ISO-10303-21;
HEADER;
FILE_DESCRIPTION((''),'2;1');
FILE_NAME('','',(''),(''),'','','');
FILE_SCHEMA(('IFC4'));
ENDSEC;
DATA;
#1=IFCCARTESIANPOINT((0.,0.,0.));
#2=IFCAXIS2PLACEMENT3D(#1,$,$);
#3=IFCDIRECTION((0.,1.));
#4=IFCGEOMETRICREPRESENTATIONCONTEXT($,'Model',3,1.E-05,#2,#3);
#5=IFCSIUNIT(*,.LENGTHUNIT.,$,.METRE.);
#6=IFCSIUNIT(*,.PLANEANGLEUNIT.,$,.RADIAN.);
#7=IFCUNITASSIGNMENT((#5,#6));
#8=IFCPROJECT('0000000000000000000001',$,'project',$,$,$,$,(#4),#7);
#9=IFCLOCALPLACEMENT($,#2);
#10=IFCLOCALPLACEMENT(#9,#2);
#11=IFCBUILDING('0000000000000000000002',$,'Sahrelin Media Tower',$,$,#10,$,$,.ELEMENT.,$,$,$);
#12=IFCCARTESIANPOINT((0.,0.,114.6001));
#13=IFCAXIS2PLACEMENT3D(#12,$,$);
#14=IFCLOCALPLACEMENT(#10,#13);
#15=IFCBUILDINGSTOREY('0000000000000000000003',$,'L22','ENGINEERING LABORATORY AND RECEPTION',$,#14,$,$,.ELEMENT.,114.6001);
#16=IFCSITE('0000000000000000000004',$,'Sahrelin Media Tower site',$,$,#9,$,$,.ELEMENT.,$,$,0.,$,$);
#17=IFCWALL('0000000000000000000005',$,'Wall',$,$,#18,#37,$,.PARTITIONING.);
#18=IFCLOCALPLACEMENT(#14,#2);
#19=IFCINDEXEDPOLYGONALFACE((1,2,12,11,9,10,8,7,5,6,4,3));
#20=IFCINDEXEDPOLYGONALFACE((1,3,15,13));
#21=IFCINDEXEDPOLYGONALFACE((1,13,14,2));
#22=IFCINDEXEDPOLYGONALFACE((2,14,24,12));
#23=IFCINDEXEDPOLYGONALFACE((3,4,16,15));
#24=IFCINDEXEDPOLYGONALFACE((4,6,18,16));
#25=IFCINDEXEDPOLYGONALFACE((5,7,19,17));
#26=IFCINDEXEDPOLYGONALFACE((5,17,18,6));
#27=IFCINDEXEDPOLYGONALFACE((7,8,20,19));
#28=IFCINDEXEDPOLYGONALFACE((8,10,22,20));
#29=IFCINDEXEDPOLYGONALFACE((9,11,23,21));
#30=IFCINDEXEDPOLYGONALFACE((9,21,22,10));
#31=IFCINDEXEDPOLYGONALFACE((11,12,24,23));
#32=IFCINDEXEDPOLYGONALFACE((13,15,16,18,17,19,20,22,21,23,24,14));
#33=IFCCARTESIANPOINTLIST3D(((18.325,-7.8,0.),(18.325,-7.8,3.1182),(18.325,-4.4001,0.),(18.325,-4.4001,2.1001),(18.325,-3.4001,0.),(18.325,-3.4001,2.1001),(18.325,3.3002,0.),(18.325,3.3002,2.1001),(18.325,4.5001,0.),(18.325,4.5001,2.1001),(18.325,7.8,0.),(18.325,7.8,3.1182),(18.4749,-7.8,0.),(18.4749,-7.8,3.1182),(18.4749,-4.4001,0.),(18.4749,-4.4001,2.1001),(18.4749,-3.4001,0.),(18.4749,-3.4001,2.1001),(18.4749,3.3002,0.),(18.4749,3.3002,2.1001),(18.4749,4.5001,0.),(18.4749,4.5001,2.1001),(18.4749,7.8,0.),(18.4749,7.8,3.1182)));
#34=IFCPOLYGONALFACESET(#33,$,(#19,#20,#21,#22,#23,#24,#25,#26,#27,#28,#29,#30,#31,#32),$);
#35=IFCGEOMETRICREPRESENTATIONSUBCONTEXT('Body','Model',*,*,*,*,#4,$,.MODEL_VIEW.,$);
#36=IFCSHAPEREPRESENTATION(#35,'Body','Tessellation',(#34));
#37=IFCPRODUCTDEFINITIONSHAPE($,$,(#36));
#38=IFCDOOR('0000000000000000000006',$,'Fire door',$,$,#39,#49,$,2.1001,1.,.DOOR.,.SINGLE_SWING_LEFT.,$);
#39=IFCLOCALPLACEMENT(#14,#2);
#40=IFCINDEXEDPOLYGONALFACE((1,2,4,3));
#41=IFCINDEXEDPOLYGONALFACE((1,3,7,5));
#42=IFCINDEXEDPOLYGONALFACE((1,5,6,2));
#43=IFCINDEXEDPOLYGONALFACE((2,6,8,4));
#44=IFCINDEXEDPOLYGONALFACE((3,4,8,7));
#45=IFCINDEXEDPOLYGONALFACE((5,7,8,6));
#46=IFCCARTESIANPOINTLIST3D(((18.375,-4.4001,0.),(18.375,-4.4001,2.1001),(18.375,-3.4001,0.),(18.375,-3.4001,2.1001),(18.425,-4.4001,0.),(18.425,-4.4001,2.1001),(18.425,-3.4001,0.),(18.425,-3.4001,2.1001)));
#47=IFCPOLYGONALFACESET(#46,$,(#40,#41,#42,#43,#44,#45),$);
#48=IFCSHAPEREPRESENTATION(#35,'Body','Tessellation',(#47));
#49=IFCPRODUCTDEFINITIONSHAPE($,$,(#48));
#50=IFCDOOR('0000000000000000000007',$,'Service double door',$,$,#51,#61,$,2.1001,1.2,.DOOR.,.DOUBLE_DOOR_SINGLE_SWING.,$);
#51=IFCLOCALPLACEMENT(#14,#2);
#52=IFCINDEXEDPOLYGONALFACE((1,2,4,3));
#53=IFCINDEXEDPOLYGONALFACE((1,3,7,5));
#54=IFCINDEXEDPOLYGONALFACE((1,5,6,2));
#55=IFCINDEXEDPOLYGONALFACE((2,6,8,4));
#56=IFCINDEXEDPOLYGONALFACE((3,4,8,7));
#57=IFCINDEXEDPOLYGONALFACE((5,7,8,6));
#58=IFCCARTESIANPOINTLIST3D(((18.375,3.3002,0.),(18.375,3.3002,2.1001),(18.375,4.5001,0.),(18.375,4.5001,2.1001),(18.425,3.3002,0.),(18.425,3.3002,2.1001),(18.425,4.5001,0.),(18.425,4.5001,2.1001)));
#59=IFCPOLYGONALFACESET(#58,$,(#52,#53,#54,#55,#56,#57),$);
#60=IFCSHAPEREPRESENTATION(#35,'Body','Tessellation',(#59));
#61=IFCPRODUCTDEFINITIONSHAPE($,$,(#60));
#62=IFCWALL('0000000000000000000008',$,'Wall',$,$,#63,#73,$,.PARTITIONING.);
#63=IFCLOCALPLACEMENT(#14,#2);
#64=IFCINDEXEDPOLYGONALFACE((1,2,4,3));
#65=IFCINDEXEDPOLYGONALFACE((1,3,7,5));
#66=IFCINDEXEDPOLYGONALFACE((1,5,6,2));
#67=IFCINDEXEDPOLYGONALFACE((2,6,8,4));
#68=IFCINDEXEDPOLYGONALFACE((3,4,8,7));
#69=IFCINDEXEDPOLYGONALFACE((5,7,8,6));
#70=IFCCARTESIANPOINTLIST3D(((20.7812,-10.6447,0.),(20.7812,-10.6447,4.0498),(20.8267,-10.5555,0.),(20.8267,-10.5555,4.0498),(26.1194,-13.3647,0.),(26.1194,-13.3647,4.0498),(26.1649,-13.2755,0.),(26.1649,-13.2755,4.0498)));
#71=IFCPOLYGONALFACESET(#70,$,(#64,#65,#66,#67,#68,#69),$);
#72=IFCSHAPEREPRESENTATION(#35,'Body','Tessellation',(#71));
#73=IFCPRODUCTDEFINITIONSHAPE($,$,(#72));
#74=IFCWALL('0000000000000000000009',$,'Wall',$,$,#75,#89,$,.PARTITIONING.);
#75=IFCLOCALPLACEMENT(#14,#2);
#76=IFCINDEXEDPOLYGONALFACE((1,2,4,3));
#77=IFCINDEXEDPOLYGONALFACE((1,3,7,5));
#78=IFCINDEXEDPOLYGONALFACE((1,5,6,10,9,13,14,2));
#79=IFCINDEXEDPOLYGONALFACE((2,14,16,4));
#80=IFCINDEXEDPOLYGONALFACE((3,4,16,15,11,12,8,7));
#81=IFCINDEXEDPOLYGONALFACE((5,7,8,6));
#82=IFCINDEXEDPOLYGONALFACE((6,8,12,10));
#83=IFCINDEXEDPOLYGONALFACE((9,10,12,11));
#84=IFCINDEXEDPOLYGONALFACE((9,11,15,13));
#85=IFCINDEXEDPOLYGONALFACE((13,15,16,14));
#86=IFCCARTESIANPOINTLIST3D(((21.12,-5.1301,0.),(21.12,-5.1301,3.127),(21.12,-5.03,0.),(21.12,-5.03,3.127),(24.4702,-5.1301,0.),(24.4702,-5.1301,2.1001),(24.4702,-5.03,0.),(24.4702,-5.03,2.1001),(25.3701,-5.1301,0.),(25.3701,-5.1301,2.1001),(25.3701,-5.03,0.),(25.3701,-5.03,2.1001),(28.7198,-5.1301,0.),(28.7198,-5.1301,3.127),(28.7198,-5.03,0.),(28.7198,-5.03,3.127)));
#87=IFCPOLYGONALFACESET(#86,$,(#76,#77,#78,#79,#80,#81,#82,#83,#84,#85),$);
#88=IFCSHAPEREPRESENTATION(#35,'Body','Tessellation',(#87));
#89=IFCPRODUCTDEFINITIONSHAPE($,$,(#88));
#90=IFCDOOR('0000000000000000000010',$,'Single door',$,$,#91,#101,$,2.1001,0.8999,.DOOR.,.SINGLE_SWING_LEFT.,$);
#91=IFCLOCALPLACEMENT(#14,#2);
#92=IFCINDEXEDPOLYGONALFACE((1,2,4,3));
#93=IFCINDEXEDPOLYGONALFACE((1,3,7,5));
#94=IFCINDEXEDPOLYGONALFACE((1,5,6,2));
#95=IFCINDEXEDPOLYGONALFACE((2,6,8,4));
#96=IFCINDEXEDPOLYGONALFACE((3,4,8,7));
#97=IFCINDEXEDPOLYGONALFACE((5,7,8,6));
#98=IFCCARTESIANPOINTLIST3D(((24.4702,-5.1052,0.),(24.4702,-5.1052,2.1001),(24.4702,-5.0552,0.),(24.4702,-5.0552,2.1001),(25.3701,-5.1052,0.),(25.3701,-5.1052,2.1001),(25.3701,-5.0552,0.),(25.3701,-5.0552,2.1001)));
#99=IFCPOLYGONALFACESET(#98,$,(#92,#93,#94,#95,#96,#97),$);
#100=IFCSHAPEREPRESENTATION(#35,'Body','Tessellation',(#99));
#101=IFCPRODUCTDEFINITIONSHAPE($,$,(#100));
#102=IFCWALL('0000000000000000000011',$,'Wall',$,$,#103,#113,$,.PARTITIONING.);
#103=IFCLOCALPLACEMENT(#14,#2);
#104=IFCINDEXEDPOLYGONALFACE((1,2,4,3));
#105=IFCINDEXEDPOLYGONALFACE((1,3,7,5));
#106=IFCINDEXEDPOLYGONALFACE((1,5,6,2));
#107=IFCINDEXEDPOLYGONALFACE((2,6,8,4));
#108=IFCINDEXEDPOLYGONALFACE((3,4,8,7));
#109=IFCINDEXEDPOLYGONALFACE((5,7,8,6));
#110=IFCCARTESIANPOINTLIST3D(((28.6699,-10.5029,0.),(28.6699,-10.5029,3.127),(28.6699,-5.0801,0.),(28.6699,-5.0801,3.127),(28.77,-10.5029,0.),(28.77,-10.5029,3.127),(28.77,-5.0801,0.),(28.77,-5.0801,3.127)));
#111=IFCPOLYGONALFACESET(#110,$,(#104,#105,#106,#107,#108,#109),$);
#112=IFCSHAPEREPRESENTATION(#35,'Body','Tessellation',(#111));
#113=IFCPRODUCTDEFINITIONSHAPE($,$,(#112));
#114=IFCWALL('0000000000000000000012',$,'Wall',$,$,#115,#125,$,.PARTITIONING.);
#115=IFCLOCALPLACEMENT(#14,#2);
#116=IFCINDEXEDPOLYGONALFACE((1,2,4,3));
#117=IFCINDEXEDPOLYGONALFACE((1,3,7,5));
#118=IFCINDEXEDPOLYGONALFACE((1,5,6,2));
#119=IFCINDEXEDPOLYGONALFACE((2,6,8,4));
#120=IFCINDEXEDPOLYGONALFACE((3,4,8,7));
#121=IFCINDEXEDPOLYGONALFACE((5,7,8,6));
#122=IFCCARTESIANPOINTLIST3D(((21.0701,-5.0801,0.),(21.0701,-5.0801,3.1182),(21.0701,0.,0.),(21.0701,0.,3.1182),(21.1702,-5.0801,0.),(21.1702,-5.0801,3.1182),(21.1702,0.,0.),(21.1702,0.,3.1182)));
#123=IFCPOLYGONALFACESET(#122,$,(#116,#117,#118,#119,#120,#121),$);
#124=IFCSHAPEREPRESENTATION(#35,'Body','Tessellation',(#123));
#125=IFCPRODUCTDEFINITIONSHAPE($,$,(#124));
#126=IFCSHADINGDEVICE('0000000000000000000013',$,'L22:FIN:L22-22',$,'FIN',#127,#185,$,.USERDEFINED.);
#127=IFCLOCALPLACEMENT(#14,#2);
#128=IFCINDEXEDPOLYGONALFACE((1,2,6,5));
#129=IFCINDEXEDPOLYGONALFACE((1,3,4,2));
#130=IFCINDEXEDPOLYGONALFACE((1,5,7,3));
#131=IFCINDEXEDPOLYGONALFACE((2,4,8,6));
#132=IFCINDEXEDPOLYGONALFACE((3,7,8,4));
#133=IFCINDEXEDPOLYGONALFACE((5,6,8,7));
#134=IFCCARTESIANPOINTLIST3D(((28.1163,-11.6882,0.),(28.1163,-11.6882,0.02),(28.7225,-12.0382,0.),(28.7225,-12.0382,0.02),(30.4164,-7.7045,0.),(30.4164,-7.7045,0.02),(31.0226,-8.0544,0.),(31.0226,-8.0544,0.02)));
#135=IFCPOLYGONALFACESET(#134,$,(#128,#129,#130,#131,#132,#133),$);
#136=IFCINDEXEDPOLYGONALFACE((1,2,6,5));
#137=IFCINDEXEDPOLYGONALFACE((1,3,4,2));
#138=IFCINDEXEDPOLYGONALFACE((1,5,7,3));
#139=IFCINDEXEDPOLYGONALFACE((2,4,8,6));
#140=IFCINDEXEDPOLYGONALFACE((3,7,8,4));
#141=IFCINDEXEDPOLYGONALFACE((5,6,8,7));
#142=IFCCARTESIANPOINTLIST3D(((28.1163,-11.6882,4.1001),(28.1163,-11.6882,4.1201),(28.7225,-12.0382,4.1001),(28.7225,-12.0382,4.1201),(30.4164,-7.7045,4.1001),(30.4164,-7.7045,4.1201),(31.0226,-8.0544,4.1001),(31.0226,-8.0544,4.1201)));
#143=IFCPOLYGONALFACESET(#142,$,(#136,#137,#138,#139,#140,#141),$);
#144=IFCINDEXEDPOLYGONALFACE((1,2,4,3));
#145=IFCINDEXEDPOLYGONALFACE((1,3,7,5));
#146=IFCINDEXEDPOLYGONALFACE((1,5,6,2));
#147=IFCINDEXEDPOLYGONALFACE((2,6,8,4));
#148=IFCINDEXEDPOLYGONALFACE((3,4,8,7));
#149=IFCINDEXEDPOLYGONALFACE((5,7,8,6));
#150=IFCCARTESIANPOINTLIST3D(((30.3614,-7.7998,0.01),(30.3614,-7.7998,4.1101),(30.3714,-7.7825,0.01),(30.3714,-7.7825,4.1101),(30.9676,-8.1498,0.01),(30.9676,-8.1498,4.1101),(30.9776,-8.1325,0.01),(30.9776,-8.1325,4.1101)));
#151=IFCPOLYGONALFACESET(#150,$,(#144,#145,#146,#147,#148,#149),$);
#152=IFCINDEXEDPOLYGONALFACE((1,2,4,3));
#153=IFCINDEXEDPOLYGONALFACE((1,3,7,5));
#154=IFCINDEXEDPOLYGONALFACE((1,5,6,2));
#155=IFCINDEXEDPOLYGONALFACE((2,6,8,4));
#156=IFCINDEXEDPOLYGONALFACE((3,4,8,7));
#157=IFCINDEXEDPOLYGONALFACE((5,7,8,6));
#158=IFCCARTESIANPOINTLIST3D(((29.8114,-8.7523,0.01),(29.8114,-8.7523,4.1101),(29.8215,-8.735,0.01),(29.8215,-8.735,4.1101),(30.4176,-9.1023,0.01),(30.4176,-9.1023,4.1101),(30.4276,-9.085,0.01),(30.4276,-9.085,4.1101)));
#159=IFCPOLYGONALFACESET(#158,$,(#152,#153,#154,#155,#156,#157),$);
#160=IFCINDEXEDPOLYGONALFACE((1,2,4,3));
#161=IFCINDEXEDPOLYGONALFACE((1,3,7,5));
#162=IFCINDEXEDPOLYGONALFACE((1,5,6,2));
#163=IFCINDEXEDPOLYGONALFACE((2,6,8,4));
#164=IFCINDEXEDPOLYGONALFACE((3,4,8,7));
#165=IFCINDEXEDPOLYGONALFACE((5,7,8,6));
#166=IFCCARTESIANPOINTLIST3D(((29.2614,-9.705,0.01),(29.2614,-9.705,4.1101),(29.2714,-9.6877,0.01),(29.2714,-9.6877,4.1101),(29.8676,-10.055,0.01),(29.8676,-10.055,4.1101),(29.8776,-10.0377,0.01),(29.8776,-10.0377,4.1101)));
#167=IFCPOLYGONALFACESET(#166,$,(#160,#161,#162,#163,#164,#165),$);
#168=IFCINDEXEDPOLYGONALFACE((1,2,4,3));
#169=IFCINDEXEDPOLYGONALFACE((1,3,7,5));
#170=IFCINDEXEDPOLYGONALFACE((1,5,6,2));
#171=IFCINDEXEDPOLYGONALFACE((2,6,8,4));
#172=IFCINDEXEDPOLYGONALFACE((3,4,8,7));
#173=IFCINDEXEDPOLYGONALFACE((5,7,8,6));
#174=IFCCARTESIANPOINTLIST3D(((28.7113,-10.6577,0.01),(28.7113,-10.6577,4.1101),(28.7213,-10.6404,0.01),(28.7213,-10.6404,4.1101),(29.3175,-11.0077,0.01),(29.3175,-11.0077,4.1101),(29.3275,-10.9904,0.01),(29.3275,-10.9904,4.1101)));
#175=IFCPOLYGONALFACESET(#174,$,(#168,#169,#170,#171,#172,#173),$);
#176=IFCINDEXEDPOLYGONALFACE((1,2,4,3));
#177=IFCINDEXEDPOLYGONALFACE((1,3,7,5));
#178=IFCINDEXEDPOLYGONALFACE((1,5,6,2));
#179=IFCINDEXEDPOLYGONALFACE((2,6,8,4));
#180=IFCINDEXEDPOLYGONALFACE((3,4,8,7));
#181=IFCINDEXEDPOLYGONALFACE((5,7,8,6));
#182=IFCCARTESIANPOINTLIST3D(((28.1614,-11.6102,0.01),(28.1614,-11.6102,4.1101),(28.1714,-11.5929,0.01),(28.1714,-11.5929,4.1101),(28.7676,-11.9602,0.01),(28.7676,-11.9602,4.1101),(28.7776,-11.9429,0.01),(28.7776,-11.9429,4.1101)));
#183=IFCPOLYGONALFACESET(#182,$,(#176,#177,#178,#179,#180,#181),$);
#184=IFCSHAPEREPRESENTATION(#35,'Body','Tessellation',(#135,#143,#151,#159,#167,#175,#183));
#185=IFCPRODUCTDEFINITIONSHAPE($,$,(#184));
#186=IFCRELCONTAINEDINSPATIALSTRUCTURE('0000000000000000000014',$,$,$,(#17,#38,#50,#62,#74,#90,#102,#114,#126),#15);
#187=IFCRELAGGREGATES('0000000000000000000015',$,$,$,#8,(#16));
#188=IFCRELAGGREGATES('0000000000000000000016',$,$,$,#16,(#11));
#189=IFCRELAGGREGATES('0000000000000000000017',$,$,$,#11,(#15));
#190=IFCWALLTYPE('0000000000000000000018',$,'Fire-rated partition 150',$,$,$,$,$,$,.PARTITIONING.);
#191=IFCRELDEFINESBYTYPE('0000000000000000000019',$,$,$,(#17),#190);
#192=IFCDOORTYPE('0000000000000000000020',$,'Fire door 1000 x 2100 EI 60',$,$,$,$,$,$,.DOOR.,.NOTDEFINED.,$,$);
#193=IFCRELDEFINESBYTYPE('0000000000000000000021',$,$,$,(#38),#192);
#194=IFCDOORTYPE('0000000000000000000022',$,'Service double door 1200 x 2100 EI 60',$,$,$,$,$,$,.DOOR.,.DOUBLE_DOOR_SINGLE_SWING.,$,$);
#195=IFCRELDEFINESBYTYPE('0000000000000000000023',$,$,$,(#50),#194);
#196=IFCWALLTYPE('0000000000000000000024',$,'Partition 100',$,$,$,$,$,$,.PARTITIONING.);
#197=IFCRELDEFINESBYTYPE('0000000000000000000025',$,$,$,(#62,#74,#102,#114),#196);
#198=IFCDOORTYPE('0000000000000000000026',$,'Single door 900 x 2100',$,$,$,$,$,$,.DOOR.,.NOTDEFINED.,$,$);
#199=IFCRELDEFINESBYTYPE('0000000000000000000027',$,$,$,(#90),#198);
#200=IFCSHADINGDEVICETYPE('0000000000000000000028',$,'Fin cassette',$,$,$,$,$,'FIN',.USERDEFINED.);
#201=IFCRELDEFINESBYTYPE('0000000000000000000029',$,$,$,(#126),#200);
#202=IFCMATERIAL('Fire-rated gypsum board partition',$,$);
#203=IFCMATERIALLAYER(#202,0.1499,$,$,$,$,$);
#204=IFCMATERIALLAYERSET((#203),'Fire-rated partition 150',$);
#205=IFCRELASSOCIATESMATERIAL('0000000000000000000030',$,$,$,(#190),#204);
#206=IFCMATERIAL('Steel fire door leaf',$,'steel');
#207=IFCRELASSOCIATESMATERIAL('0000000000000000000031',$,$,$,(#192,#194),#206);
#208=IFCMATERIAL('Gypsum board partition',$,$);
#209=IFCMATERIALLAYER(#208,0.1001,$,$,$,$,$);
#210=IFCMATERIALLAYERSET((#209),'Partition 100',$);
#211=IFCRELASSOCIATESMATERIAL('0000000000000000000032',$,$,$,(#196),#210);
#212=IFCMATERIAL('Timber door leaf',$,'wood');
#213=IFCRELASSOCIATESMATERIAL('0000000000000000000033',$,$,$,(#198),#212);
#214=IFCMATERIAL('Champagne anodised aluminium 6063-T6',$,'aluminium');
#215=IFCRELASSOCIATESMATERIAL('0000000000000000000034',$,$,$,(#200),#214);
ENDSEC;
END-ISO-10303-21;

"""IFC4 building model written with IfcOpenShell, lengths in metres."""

from ifc_helpers import new_model, si_unit, direction, frame, frame_2d, origin, origin_2d, place, context, subcontext, project, spatial, rectangle, extrude, material, layer, layer_set, type_object, element, fill, save


model = new_model("IFC4")

# Units and contexts
model_context = context("Model", 3, precision=1e-05, world=origin(), true_north=direction((0.0, 1.0)))
body_context = subcontext(model_context, "Body", "Model", "MODEL_VIEW")
ifc_project = project(units=[si_unit("LENGTHUNIT", "METRE"), si_unit("PLANEANGLEUNIT", "RADIAN")], contexts=[model_context])

# Site, building, storey
site_placement = place(None, origin())
site = spatial("IfcSite", under=ifc_project, at=site_placement, Name="Sahrelin Media Tower site", CompositionType="ELEMENT", RefElevation=0.0)
building_placement = place(site_placement, origin())
building = spatial("IfcBuilding", under=site, at=building_placement, Name="Sahrelin Media Tower", CompositionType="ELEMENT")
storey_placement = place(building_placement, frame((0.0, 0.0, 114.6001)))
storey = spatial("IfcBuildingStorey", under=building, at=storey_placement, Name="L22", Description="ENGINEERING LABORATORY AND RECEPTION", CompositionType="ELEMENT", Elevation=114.6001)

# Shared definitions
ifc_material_1 = material(Name="Champagne anodised aluminium 6063-T6", Category="aluminium")

# Shared definitions
ifc_material_2 = material(Name="Fire-rated gypsum board partition")
ifc_layer_1 = layer(ifc_material_2, 0.1499)
ifc_layer_set_1 = layer_set([ifc_layer_1], Name="Fire-rated partition 150")
wall_type_1 = type_object("IfcWallType", Name="Fire-rated partition 150", PredefinedType="PARTITIONING", material=ifc_layer_set_1)

# Wall, openings, doors
wall_1_placement = place(storey_placement, frame((18.3999, -7.8, 0.0), z_axis=(0.0, 0.0, 1.0), x_axis=(0.0, 1.0, 0.0)))
wall_1 = element("IfcWall", 1, at=wall_1_placement, inside=storey, type_object=wall_type_1, Name="Wall", PredefinedType="PARTITIONING", context=body_context, shape_type="SweptSolid", body=[
    extrude(rectangle(XDim=15.6001, YDim=0.1499, at=frame_2d((7.8, 0.0))), origin(), (0.0, 0.0, 1.0), 3.1182),
])
opening_1_placement = place(wall_1_placement, frame((3.3999, 0.0, 0.0)))
opening_1 = element("IfcOpeningElement", 2, at=opening_1_placement, cuts=wall_1, PredefinedType="OPENING", context=body_context, shape_type="SweptSolid", body=[
    extrude(rectangle(XDim=1.0, YDim=2.1001, at=frame_2d((0.5, 1.05))), frame((0.0, 0.075, 0.0), z_axis=(0.0, -1.0, 0.0), x_axis=(1.0, 0.0, 0.0)), (0.0, 0.0, 1.0), 0.1499),
])
opening_2_placement = place(wall_1_placement, frame((11.1001, 0.0, 0.0)))
opening_2 = element("IfcOpeningElement", 3, at=opening_2_placement, cuts=wall_1, PredefinedType="OPENING", context=body_context, shape_type="SweptSolid", body=[
    extrude(rectangle(XDim=1.2, YDim=2.1001, at=frame_2d((0.6001, 1.05))), frame((0.0, 0.075, 0.0), z_axis=(0.0, -1.0, 0.0), x_axis=(1.0, 0.0, 0.0)), (0.0, 0.0, 1.0), 0.1499),
])
ifc_material_3 = material(Name="Steel fire door leaf", Category="steel")
door_type_1 = type_object("IfcDoorType", Name="Fire door 1000 x 2100 EI 60", OperationType="NOTDEFINED", PredefinedType="DOOR", material=ifc_material_3)
door_1_placement = place(opening_1_placement, origin())
door_1 = element("IfcDoor", 4, at=door_1_placement, inside=storey, type_object=door_type_1, Name="Fire door", OperationType="SINGLE_SWING_LEFT", OverallHeight=2.1001, OverallWidth=1.0, PredefinedType="DOOR", context=body_context, shape_type="SweptSolid", body=[
    extrude(rectangle(XDim=1.0, YDim=2.1001, at=frame_2d((0.5, 1.05))), frame((0.0, 0.0249, 0.0), z_axis=(0.0, -1.0, 0.0), x_axis=(1.0, 0.0, 0.0)), (0.0, 0.0, 1.0), 0.05),
])
fill(opening_1, door_1)
door_type_2 = type_object("IfcDoorType", Name="Service double door 1200 x 2100 EI 60", OperationType="DOUBLE_DOOR_SINGLE_SWING", PredefinedType="DOOR", material=ifc_material_3)
door_2_placement = place(opening_2_placement, origin())
door_2 = element("IfcDoor", 5, at=door_2_placement, inside=storey, type_object=door_type_2, Name="Service double door", OperationType="DOUBLE_DOOR_SINGLE_SWING", OverallHeight=2.1001, OverallWidth=1.2, PredefinedType="DOOR", context=body_context, shape_type="SweptSolid", body=[
    extrude(rectangle(XDim=1.2, YDim=2.1001, at=frame_2d((0.6001, 1.05))), frame((0.0, 0.0249, 0.0), z_axis=(0.0, -1.0, 0.0), x_axis=(1.0, 0.0, 0.0)), (0.0, 0.0, 1.0), 0.05),
])
fill(opening_2, door_2)

# Wall
ifc_material_4 = material(Name="Gypsum board partition")
ifc_layer_2 = layer(ifc_material_4, 0.1001)
ifc_layer_set_2 = layer_set([ifc_layer_2], Name="Partition 100")
wall_type_2 = type_object("IfcWallType", Name="Partition 100", PredefinedType="PARTITIONING", material=ifc_layer_set_2)
wall_2_placement = place(storey_placement, frame((20.804, -10.6001, 0.0), z_axis=(0.0, 0.0, 1.0), x_axis=(0.891003, -0.453998, 0.0)))
element("IfcWall", 6, at=wall_2_placement, inside=storey, type_object=wall_type_2, Name="Wall", PredefinedType="PARTITIONING", context=body_context, shape_type="SweptSolid", body=[
    extrude(rectangle(XDim=5.9912, YDim=0.1001, at=frame_2d((2.9956, 0.0))), origin(), (0.0, 0.0, 1.0), 4.0498),
])

# Wall, opening, door
wall_3_placement = place(storey_placement, frame((21.1201, -5.0801, 0.0), z_axis=(0.0, 0.0, 1.0), x_axis=(1.0, 0.0, 0.0)))
wall_3 = element("IfcWall", 7, at=wall_3_placement, inside=storey, type_object=wall_type_2, Name="Wall", PredefinedType="PARTITIONING", context=body_context, shape_type="SweptSolid", body=[
    extrude(rectangle(XDim=7.5999, YDim=0.1001, at=frame_2d((3.7998, 0.0))), origin(), (0.0, 0.0, 1.0), 3.127),
])
opening_3_placement = place(wall_3_placement, frame((3.3501, 0.0, 0.0)))
opening_3 = element("IfcOpeningElement", 8, at=opening_3_placement, cuts=wall_3, PredefinedType="OPENING", context=body_context, shape_type="SweptSolid", body=[
    extrude(rectangle(XDim=0.8999, YDim=2.1001, at=frame_2d((0.45, 1.05))), frame((0.0, 0.05, 0.0), z_axis=(0.0, -1.0, 0.0), x_axis=(1.0, 0.0, 0.0)), (0.0, 0.0, 1.0), 0.1001),
])
ifc_material_5 = material(Name="Timber door leaf", Category="wood")
door_type_3 = type_object("IfcDoorType", Name="Single door 900 x 2100", OperationType="NOTDEFINED", PredefinedType="DOOR", material=ifc_material_5)
door_3_placement = place(opening_3_placement, origin())
door_3 = element("IfcDoor", 9, at=door_3_placement, inside=storey, type_object=door_type_3, Name="Single door", OperationType="SINGLE_SWING_LEFT", OverallHeight=2.1001, OverallWidth=0.8999, PredefinedType="DOOR", context=body_context, shape_type="SweptSolid", body=[
    extrude(rectangle(XDim=0.8999, YDim=2.1001, at=frame_2d((0.45, 1.05))), frame((0.0, 0.0249, 0.0), z_axis=(0.0, -1.0, 0.0), x_axis=(1.0, 0.0, 0.0)), (0.0, 0.0, 1.0), 0.05),
])
fill(opening_3, door_3)

# Walls
wall_4_placement = place(storey_placement, frame((28.72, -10.5029, 0.0), z_axis=(0.0, 0.0, 1.0), x_axis=(0.0, 1.0, 0.0)))
element("IfcWall", 10, at=wall_4_placement, inside=storey, type_object=wall_type_2, Name="Wall", PredefinedType="PARTITIONING", context=body_context, shape_type="SweptSolid", body=[
    extrude(rectangle(XDim=5.4229, YDim=0.1001, at=frame_2d((2.7114, 0.0))), origin(), (0.0, 0.0, 1.0), 3.127),
])
wall_5_placement = place(storey_placement, frame((21.1201, -5.0801, 0.0), z_axis=(0.0, 0.0, 1.0), x_axis=(0.0, 1.0, 0.0)))
element("IfcWall", 11, at=wall_5_placement, inside=storey, type_object=wall_type_2, Name="Wall", PredefinedType="PARTITIONING", context=body_context, shape_type="SweptSolid", body=[
    extrude(rectangle(XDim=5.0801, YDim=0.1001, at=frame_2d((2.54, 0.0))), origin(), (0.0, 0.0, 1.0), 3.1182),
])

# Shading device
shading_device_type_1 = type_object("IfcShadingDeviceType", Name="Fin cassette", ElementType="FIN", PredefinedType="USERDEFINED", material=ifc_material_1)
placement_1 = place(storey_placement, frame((29.2058, -9.6614, 0.0), z_axis=(0.0, 0.0, 1.0), x_axis=(-0.500011, -0.866019, 0.0)))
element("IfcShadingDevice", 12, at=placement_1, inside=storey, type_object=shading_device_type_1, Name="L22:FIN:L22-22", ObjectType="FIN", PredefinedType="USERDEFINED", context=body_context, shape_type="SweptSolid", body=[
    extrude(rectangle(XDim=4.6001, YDim=0.7, at=origin_2d()), frame((0.0, 0.4199, 0.0)), (0.0, 0.0, 1.0), 0.02),
    extrude(rectangle(XDim=4.6001, YDim=0.7, at=origin_2d()), frame((0.0, 0.4199, 4.1001)), (0.0, 0.0, 1.0), 0.02),
    extrude(rectangle(XDim=0.02, YDim=0.7, at=origin_2d()), frame((-2.2, 0.4199, 0.01), z_axis=(0.0, 0.0, 1.0), x_axis=(1.0, 0.0, 0.0)), (0.0, 0.0, 1.0), 4.1001),
    extrude(rectangle(XDim=0.02, YDim=0.7, at=origin_2d()), frame((-1.1001, 0.4199, 0.01), z_axis=(0.0, 0.0, 1.0), x_axis=(1.0, 0.0, 0.0)), (0.0, 0.0, 1.0), 4.1001),
    extrude(rectangle(XDim=0.02, YDim=0.7, at=origin_2d()), frame((0.0, 0.4199, 0.01), z_axis=(0.0, 0.0, 1.0), x_axis=(1.0, 0.0, 0.0)), (0.0, 0.0, 1.0), 4.1001),
    extrude(rectangle(XDim=0.02, YDim=0.7, at=origin_2d()), frame((1.1001, 0.4199, 0.01), z_axis=(0.0, 0.0, 1.0), x_axis=(1.0, 0.0, 0.0)), (0.0, 0.0, 1.0), 4.1001),
    extrude(rectangle(XDim=0.02, YDim=0.7, at=origin_2d()), frame((2.2, 0.4199, 0.01), z_axis=(0.0, 0.0, 1.0), x_axis=(1.0, 0.0, 0.0)), (0.0, 0.0, 1.0), 4.1001),
])

save(model, "model.ifc")
